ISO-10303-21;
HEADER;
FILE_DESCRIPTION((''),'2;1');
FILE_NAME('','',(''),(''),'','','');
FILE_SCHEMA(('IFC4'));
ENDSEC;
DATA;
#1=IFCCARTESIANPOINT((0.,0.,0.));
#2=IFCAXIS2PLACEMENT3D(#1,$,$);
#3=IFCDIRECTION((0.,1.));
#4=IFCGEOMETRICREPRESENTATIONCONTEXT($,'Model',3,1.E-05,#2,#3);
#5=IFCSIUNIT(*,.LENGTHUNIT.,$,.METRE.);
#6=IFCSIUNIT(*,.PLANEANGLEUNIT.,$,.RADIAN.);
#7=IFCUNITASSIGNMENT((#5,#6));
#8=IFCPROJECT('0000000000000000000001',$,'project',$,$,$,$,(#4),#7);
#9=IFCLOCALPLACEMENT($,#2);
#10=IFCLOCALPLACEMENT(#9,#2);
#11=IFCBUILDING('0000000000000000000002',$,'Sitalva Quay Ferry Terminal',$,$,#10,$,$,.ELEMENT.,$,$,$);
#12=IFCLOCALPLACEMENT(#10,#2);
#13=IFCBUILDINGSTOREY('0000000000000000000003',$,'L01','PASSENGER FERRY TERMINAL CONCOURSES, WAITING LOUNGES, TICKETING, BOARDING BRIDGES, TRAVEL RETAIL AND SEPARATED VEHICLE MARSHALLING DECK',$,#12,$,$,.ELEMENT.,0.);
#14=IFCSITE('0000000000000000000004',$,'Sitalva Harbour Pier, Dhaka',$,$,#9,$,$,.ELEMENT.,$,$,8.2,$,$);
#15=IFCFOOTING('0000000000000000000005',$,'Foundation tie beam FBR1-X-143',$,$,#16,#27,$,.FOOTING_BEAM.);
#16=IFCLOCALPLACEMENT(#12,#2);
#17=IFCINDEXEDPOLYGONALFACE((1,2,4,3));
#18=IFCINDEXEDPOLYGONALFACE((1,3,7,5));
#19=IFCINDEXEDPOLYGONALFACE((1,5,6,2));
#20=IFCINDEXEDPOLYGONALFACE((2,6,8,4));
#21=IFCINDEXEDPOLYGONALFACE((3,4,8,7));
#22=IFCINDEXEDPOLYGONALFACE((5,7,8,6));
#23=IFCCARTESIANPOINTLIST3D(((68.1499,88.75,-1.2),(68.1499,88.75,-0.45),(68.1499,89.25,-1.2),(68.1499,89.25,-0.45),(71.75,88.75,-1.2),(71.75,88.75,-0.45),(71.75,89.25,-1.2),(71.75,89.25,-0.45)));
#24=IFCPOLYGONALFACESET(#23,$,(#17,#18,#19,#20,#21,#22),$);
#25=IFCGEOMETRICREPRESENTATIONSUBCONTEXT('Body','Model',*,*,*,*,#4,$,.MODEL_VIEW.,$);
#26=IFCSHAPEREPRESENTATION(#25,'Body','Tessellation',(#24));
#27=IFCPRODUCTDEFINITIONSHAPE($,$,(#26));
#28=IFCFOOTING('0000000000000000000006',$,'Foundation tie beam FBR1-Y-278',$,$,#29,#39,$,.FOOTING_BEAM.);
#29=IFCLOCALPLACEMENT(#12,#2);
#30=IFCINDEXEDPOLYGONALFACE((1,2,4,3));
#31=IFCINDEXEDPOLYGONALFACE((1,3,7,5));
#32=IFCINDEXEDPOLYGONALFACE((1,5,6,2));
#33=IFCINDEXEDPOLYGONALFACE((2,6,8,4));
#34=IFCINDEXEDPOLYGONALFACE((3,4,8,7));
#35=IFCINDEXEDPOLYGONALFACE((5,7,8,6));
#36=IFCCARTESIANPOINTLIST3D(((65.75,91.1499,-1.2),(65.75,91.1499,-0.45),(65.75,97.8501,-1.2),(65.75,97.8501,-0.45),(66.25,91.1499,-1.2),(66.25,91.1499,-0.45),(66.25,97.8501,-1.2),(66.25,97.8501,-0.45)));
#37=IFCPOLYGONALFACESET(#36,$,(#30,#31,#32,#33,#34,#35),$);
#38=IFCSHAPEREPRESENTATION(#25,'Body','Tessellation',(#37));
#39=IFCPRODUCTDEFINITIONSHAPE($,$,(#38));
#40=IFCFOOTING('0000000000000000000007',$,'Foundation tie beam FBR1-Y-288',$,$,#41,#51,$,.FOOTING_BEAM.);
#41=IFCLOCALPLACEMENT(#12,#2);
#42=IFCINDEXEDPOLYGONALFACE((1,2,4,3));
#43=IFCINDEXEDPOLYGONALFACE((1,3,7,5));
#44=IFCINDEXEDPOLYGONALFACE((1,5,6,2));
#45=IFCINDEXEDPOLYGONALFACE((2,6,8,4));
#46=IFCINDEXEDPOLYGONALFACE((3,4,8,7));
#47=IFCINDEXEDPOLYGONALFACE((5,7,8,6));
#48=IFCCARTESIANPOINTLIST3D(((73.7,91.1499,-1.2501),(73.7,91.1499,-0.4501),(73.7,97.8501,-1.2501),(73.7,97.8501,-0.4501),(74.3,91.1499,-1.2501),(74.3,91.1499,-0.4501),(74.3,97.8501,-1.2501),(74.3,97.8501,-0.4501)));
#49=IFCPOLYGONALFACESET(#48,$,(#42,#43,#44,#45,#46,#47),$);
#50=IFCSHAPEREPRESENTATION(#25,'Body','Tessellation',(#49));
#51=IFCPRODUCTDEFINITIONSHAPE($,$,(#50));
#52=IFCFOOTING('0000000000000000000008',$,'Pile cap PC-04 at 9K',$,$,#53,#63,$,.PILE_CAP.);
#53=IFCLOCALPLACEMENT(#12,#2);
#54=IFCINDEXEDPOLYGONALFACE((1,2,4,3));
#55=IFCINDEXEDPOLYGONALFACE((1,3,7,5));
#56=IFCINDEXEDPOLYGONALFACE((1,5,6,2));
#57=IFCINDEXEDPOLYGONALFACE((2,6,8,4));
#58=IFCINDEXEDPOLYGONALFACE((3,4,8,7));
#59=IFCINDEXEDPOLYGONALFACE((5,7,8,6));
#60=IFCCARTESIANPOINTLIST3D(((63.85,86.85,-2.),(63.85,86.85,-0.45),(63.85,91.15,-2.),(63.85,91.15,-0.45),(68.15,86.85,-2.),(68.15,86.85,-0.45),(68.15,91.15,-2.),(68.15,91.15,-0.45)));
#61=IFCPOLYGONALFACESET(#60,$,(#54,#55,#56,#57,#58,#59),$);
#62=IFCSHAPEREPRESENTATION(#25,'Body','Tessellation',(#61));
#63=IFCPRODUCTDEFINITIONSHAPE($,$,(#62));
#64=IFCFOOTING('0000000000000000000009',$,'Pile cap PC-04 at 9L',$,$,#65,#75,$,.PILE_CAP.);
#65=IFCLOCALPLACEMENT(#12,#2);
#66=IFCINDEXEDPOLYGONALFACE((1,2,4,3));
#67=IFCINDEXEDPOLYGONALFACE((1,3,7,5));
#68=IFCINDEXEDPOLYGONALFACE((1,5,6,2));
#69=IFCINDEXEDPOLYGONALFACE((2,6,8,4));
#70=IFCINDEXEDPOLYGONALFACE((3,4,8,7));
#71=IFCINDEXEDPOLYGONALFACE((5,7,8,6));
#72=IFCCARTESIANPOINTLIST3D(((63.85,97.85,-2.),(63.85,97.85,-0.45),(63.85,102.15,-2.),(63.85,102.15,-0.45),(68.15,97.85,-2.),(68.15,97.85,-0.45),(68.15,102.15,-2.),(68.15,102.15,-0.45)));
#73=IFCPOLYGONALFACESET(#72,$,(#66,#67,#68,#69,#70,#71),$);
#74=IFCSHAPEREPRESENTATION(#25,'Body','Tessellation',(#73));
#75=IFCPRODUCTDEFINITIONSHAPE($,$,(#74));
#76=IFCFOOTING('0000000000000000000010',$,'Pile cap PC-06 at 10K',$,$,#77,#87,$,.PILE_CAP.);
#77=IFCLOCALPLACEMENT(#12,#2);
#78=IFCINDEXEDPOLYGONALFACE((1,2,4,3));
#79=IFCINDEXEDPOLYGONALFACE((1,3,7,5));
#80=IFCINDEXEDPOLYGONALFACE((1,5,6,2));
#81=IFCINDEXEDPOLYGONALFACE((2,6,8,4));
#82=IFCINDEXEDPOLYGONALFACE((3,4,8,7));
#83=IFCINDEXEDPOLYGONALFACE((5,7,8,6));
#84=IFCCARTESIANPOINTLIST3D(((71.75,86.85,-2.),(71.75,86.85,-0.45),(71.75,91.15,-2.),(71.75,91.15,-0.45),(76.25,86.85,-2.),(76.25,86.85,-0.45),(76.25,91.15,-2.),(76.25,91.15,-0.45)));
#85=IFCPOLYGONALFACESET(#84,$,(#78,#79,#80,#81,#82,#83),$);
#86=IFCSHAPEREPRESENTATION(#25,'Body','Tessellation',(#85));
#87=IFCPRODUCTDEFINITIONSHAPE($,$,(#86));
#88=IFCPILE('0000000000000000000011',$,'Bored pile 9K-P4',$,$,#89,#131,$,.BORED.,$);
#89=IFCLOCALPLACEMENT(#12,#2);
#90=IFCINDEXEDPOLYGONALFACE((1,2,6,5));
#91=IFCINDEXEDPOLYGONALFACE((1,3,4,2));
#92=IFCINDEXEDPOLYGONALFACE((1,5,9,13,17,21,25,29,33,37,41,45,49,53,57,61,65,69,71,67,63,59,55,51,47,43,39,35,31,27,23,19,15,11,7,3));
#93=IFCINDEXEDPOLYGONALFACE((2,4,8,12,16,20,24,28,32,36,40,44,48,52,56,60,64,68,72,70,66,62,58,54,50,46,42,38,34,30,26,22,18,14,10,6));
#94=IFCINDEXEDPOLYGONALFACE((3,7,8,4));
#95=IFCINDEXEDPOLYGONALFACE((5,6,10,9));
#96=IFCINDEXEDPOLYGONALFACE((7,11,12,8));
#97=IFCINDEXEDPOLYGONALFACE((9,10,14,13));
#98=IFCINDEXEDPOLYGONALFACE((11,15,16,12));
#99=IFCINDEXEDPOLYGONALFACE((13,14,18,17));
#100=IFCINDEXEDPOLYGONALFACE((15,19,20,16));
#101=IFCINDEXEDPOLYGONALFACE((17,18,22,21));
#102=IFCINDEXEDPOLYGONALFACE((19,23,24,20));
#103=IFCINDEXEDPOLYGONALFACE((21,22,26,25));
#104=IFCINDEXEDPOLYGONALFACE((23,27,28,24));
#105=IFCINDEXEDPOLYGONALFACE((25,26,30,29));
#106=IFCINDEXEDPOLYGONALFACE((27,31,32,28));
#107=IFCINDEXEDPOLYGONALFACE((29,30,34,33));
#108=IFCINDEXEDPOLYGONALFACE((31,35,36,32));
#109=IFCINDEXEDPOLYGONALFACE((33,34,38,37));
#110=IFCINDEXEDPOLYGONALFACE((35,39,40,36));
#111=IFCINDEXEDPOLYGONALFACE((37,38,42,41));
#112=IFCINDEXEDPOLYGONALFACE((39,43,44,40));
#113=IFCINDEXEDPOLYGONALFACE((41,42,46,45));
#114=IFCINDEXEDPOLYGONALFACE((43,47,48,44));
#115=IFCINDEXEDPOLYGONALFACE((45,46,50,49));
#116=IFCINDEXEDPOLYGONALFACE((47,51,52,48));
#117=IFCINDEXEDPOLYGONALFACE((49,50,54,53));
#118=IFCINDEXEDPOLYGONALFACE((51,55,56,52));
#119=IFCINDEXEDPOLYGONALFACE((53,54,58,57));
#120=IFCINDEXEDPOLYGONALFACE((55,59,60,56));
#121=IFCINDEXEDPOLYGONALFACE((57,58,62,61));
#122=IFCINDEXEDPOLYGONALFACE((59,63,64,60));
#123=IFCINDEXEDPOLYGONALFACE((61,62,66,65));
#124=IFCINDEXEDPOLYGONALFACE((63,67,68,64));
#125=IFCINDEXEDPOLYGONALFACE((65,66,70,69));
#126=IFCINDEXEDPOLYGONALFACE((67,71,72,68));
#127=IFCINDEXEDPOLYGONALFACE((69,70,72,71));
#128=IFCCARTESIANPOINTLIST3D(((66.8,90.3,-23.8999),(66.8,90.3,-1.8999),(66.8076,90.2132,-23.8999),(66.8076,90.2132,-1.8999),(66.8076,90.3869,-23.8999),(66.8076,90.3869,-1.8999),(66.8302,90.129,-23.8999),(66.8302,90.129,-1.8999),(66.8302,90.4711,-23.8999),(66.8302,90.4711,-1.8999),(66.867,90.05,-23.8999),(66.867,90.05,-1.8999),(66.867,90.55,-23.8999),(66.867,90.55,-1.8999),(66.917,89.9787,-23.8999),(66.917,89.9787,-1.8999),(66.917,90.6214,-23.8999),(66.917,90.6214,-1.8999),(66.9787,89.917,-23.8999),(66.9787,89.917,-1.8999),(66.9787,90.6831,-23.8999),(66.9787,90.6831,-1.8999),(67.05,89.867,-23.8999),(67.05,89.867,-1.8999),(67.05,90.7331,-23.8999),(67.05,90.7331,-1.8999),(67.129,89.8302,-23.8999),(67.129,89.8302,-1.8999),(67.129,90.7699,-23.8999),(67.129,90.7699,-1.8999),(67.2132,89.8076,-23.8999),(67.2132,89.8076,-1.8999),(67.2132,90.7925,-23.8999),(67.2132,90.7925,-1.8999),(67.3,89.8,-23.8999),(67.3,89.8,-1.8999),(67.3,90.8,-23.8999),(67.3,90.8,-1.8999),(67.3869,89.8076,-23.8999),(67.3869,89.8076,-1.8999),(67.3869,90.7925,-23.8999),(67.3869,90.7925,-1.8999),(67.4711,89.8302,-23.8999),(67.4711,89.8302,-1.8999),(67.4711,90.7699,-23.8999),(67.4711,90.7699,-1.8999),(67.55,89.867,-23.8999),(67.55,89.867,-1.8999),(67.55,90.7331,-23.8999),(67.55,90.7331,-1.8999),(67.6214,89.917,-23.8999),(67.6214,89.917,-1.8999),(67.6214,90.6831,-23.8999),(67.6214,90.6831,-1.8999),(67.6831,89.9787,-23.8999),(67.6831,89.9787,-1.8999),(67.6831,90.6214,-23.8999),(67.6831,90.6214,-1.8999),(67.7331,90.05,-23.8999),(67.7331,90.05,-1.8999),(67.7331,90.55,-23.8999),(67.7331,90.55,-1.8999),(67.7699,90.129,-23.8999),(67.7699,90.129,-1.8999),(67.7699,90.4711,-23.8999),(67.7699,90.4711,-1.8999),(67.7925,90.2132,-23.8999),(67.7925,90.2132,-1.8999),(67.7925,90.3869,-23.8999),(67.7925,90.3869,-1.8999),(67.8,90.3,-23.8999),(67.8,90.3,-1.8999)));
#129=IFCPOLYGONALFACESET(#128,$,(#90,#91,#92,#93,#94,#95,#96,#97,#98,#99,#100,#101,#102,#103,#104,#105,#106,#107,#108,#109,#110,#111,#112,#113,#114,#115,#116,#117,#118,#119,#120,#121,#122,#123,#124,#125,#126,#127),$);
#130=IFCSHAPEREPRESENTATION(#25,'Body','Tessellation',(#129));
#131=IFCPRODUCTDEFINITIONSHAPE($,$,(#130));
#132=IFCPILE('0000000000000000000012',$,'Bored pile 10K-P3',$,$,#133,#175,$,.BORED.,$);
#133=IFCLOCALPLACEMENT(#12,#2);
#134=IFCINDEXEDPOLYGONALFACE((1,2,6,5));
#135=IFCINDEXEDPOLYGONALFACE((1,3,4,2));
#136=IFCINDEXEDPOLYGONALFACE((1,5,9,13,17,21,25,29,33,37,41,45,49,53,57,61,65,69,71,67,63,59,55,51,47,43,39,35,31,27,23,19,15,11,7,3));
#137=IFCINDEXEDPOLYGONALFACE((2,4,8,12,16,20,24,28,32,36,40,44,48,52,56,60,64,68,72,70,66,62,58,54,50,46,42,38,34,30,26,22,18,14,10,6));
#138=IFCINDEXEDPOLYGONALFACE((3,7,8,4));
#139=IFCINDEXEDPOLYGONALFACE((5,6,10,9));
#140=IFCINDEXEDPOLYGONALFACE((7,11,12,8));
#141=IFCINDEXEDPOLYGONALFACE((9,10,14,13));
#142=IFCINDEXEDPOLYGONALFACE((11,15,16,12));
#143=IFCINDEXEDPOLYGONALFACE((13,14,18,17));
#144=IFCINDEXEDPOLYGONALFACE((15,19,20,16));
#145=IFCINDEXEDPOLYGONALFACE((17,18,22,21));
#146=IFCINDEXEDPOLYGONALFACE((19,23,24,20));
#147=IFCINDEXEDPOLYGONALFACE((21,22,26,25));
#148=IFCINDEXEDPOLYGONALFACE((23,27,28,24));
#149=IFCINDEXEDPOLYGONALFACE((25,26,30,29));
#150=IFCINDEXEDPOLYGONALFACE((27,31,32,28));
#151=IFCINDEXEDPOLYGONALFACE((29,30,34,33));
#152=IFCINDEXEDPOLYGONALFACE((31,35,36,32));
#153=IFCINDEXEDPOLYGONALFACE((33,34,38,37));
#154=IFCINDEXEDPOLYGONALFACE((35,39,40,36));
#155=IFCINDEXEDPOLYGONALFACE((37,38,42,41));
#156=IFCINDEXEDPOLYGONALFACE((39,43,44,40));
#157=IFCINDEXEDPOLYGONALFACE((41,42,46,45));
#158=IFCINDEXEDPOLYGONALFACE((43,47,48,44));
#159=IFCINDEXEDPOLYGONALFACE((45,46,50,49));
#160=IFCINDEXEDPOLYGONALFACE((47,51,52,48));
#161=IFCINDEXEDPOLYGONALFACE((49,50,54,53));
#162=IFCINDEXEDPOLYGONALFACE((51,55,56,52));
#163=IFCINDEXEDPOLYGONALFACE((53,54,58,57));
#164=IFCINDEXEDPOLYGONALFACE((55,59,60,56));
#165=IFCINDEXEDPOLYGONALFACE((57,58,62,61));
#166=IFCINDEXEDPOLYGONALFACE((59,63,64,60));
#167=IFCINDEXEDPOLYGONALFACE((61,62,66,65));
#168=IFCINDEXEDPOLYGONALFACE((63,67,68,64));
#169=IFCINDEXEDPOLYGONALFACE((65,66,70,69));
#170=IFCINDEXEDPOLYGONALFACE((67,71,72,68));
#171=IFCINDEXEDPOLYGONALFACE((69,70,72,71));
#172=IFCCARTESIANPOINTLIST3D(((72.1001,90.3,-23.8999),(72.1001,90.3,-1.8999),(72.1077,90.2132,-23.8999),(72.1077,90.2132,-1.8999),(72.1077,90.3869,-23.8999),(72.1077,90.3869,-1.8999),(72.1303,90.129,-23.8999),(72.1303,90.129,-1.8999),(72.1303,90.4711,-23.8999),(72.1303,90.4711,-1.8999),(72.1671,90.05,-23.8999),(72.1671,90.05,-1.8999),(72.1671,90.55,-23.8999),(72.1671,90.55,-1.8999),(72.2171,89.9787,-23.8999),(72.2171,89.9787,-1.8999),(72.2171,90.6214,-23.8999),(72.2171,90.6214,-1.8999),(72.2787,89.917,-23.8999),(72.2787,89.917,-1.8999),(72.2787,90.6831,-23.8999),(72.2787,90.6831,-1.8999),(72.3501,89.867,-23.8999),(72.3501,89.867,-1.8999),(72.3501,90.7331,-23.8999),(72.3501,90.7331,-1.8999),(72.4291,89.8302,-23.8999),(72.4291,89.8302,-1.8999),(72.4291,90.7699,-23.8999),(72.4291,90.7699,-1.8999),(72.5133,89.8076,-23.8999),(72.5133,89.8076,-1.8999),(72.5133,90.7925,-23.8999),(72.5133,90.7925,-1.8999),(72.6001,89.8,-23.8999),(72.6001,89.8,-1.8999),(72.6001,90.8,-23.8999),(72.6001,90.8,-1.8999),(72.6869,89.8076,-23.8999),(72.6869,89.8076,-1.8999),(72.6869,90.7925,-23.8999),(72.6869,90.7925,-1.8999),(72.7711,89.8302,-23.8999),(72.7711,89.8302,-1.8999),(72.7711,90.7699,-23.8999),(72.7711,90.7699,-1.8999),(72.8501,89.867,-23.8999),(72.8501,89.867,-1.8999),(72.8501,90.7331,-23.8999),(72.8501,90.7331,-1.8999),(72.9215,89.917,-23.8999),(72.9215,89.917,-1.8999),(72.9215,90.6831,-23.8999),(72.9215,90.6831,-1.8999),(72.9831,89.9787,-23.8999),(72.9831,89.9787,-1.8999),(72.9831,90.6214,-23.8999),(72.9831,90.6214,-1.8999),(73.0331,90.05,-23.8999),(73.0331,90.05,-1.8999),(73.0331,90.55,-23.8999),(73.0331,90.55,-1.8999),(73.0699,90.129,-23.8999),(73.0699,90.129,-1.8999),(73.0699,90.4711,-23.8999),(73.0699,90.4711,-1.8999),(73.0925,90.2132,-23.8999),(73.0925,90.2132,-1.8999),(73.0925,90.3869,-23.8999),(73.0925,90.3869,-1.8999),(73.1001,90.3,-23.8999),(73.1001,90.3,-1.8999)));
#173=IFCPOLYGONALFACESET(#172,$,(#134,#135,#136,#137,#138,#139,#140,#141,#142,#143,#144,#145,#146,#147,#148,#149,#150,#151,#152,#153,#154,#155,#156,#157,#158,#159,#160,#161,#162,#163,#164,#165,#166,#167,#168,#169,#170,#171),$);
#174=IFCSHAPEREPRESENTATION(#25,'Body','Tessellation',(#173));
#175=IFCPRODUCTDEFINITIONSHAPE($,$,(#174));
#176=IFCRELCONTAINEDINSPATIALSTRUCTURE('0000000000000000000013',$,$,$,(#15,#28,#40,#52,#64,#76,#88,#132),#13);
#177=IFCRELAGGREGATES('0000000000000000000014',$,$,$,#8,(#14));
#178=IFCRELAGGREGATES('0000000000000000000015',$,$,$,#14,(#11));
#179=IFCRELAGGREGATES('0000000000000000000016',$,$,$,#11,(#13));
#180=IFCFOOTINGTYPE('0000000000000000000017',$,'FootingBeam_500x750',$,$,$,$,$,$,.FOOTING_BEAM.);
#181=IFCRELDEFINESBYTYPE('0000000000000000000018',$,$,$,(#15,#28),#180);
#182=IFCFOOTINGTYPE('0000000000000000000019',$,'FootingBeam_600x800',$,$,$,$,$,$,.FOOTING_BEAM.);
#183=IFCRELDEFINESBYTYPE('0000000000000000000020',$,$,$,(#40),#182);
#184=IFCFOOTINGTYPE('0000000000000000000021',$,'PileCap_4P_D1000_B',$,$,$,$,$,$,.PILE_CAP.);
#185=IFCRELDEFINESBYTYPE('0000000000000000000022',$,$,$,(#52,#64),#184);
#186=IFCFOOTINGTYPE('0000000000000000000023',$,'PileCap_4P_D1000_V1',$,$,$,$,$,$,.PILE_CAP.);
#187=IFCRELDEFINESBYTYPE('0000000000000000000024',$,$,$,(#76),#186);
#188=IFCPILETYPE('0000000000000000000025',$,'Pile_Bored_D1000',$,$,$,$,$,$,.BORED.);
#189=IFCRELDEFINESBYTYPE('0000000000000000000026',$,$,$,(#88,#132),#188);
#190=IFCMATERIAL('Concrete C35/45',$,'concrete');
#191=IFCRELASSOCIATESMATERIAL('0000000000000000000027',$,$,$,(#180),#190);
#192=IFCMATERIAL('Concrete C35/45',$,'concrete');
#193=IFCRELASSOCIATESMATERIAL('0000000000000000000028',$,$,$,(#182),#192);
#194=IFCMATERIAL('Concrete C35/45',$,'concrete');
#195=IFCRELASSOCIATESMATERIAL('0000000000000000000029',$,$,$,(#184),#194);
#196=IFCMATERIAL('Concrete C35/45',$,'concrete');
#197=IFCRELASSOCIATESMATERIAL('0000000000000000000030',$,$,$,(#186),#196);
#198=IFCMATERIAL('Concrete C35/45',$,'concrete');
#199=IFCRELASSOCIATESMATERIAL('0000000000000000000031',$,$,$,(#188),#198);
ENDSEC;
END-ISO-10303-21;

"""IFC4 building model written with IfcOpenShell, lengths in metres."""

from ifc_helpers import new_model, si_unit, direction, frame, origin, origin_2d, place, context, subcontext, project, spatial, rectangle, circle, extrude, material, material_profile, profile_set, type_object, element, save


model = new_model("IFC4")

# Units and contexts
model_context = context("Model", 3, precision=1e-05, world=origin(), true_north=direction((0.0, 1.0)))
body_context = subcontext(model_context, "Body", "Model", "MODEL_VIEW")
ifc_project = project(units=[si_unit("LENGTHUNIT", "METRE"), si_unit("PLANEANGLEUNIT", "RADIAN")], contexts=[model_context])

# Site, building, storey
site_placement = place(None, origin())
site = spatial("IfcSite", under=ifc_project, at=site_placement, Name="Sitalva Harbour Pier, Dhaka", CompositionType="ELEMENT", RefElevation=8.2)
building_placement = place(site_placement, origin())
building = spatial("IfcBuilding", under=site, at=building_placement, Name="Sitalva Quay Ferry Terminal", CompositionType="ELEMENT")
storey_placement = place(building_placement, origin())
storey = spatial("IfcBuildingStorey", under=building, at=storey_placement, Name="L01", Description="PASSENGER FERRY TERMINAL CONCOURSES, WAITING LOUNGES, TICKETING, BOARDING BRIDGES, TRAVEL RETAIL AND SEPARATED VEHICLE MARSHALLING DECK", CompositionType="ELEMENT", Elevation=0.0)

# Footings
ifc_material_1 = material(Name="Concrete C35/45", Category="concrete")
ifc_material_profile_1 = material_profile(ifc_material_1, rectangle(XDim=0.5, YDim=0.75, at=origin_2d()), Name="RC500x750")
ifc_profile_set_1 = profile_set([ifc_material_profile_1], Name="Concrete C35/45")
footing_type_1 = type_object("IfcFootingType", Name="FootingBeam_500x750", PredefinedType="FOOTING_BEAM", material=ifc_profile_set_1)
footing_1_placement = place(storey_placement, frame((68.1499, 89.0, -0.825), z_axis=(1.0, 0.0, 0.0), x_axis=(0.0, 1.0, 0.0)))
element("IfcFooting", 1, at=footing_1_placement, inside=storey, type_object=footing_type_1, Name="Foundation tie beam FBR1-X-143", PredefinedType="FOOTING_BEAM", context=body_context, shape_type="SweptSolid", body=[
    extrude(rectangle(XDim=0.5, YDim=0.75, at=origin_2d()), origin(), (0.0, 0.0, 1.0), 3.6001),
])
footing_2_placement = place(storey_placement, frame((66.0, 91.1499, -0.825), z_axis=(0.0, 1.0, 0.0), x_axis=(-1.0, 0.0, 0.0)))
element("IfcFooting", 2, at=footing_2_placement, inside=storey, type_object=footing_type_1, Name="Foundation tie beam FBR1-Y-278", PredefinedType="FOOTING_BEAM", context=body_context, shape_type="SweptSolid", body=[
    extrude(rectangle(XDim=0.5, YDim=0.75, at=origin_2d()), origin(), (0.0, 0.0, 1.0), 6.7002),
])
ifc_material_2 = material(Name="Concrete C35/45", Category="concrete")
ifc_material_profile_2 = material_profile(ifc_material_2, rectangle(XDim=0.6001, YDim=0.8, at=origin_2d()), Name="RC600x800")
ifc_profile_set_2 = profile_set([ifc_material_profile_2], Name="Concrete C35/45")
footing_type_2 = type_object("IfcFootingType", Name="FootingBeam_600x800", PredefinedType="FOOTING_BEAM", material=ifc_profile_set_2)
footing_3_placement = place(storey_placement, frame((74.0, 91.1499, -0.8501), z_axis=(0.0, 1.0, 0.0), x_axis=(-1.0, 0.0, 0.0)))
element("IfcFooting", 3, at=footing_3_placement, inside=storey, type_object=footing_type_2, Name="Foundation tie beam FBR1-Y-288", PredefinedType="FOOTING_BEAM", context=body_context, shape_type="SweptSolid", body=[
    extrude(rectangle(XDim=0.6001, YDim=0.8, at=origin_2d()), origin(), (0.0, 0.0, 1.0), 6.7002),
])
ifc_material_3 = material(Name="Concrete C35/45", Category="concrete")
footing_type_3 = type_object("IfcFootingType", Name="PileCap_4P_D1000_B", PredefinedType="PILE_CAP", material=ifc_material_3)
for number, where, z_axis, x_axis, name in (
    (4, (66.0, 89.0, -2.0), (0.0, 0.0, 1.0), (1.0, 0.0, 0.0), "Pile cap PC-04 at 9K"),
    (5, (66.0, 100.0, -2.0), (0.0, 0.0, 1.0), (1.0, 0.0, 0.0), "Pile cap PC-04 at 9L"),
):
    element("IfcFooting", number, at=place(storey_placement, frame(where, z_axis=z_axis, x_axis=x_axis)), inside=storey, type_object=footing_type_3, Name=name, PredefinedType="PILE_CAP", context=body_context, shape_type="SweptSolid", body=[
        extrude(rectangle(XDim=4.3, YDim=4.3, at=origin_2d()), origin(), (0.0, 0.0, 1.0), 1.55),
    ])
ifc_material_4 = material(Name="Concrete C35/45", Category="concrete")
footing_type_4 = type_object("IfcFootingType", Name="PileCap_4P_D1000_V1", PredefinedType="PILE_CAP", material=ifc_material_4)
footing_4_placement = place(storey_placement, frame((74.0, 89.0, -2.0), z_axis=(0.0, 0.0, 1.0), x_axis=(1.0, 0.0, 0.0)))
element("IfcFooting", 6, at=footing_4_placement, inside=storey, type_object=footing_type_4, Name="Pile cap PC-06 at 10K", PredefinedType="PILE_CAP", context=body_context, shape_type="SweptSolid", body=[
    extrude(rectangle(XDim=4.5, YDim=4.3, at=origin_2d()), origin(), (0.0, 0.0, 1.0), 1.55),
])

# Piles
ifc_material_5 = material(Name="Concrete C35/45", Category="concrete")
ifc_material_profile_3 = material_profile(ifc_material_5, circle(Radius=0.5, at=origin_2d()), Name="PILE-D1000")
ifc_profile_set_3 = profile_set([ifc_material_profile_3], Name="Concrete C35/45")
pile_type = type_object("IfcPileType", Name="Pile_Bored_D1000", PredefinedType="BORED", material=ifc_profile_set_3)
for number, where, z_axis, x_axis, name in (
    (7, (67.3, 90.3, -1.8999), (0.0, 0.0, -1.0), (1.0, 0.0, 0.0), "Bored pile 9K-P4"),
    (8, (72.6001, 90.3, -1.8999), (0.0, 0.0, -1.0), (1.0, 0.0, 0.0), "Bored pile 10K-P3"),
):
    element("IfcPile", number, at=place(storey_placement, frame(where, z_axis=z_axis, x_axis=x_axis)), inside=storey, type_object=pile_type, Name=name, PredefinedType="BORED", context=body_context, shape_type="SweptSolid", body=[
        extrude(circle(Radius=0.5, at=origin_2d()), origin(), (0.0, 0.0, 1.0), 22.0),
    ])

save(model, "model.ifc")
